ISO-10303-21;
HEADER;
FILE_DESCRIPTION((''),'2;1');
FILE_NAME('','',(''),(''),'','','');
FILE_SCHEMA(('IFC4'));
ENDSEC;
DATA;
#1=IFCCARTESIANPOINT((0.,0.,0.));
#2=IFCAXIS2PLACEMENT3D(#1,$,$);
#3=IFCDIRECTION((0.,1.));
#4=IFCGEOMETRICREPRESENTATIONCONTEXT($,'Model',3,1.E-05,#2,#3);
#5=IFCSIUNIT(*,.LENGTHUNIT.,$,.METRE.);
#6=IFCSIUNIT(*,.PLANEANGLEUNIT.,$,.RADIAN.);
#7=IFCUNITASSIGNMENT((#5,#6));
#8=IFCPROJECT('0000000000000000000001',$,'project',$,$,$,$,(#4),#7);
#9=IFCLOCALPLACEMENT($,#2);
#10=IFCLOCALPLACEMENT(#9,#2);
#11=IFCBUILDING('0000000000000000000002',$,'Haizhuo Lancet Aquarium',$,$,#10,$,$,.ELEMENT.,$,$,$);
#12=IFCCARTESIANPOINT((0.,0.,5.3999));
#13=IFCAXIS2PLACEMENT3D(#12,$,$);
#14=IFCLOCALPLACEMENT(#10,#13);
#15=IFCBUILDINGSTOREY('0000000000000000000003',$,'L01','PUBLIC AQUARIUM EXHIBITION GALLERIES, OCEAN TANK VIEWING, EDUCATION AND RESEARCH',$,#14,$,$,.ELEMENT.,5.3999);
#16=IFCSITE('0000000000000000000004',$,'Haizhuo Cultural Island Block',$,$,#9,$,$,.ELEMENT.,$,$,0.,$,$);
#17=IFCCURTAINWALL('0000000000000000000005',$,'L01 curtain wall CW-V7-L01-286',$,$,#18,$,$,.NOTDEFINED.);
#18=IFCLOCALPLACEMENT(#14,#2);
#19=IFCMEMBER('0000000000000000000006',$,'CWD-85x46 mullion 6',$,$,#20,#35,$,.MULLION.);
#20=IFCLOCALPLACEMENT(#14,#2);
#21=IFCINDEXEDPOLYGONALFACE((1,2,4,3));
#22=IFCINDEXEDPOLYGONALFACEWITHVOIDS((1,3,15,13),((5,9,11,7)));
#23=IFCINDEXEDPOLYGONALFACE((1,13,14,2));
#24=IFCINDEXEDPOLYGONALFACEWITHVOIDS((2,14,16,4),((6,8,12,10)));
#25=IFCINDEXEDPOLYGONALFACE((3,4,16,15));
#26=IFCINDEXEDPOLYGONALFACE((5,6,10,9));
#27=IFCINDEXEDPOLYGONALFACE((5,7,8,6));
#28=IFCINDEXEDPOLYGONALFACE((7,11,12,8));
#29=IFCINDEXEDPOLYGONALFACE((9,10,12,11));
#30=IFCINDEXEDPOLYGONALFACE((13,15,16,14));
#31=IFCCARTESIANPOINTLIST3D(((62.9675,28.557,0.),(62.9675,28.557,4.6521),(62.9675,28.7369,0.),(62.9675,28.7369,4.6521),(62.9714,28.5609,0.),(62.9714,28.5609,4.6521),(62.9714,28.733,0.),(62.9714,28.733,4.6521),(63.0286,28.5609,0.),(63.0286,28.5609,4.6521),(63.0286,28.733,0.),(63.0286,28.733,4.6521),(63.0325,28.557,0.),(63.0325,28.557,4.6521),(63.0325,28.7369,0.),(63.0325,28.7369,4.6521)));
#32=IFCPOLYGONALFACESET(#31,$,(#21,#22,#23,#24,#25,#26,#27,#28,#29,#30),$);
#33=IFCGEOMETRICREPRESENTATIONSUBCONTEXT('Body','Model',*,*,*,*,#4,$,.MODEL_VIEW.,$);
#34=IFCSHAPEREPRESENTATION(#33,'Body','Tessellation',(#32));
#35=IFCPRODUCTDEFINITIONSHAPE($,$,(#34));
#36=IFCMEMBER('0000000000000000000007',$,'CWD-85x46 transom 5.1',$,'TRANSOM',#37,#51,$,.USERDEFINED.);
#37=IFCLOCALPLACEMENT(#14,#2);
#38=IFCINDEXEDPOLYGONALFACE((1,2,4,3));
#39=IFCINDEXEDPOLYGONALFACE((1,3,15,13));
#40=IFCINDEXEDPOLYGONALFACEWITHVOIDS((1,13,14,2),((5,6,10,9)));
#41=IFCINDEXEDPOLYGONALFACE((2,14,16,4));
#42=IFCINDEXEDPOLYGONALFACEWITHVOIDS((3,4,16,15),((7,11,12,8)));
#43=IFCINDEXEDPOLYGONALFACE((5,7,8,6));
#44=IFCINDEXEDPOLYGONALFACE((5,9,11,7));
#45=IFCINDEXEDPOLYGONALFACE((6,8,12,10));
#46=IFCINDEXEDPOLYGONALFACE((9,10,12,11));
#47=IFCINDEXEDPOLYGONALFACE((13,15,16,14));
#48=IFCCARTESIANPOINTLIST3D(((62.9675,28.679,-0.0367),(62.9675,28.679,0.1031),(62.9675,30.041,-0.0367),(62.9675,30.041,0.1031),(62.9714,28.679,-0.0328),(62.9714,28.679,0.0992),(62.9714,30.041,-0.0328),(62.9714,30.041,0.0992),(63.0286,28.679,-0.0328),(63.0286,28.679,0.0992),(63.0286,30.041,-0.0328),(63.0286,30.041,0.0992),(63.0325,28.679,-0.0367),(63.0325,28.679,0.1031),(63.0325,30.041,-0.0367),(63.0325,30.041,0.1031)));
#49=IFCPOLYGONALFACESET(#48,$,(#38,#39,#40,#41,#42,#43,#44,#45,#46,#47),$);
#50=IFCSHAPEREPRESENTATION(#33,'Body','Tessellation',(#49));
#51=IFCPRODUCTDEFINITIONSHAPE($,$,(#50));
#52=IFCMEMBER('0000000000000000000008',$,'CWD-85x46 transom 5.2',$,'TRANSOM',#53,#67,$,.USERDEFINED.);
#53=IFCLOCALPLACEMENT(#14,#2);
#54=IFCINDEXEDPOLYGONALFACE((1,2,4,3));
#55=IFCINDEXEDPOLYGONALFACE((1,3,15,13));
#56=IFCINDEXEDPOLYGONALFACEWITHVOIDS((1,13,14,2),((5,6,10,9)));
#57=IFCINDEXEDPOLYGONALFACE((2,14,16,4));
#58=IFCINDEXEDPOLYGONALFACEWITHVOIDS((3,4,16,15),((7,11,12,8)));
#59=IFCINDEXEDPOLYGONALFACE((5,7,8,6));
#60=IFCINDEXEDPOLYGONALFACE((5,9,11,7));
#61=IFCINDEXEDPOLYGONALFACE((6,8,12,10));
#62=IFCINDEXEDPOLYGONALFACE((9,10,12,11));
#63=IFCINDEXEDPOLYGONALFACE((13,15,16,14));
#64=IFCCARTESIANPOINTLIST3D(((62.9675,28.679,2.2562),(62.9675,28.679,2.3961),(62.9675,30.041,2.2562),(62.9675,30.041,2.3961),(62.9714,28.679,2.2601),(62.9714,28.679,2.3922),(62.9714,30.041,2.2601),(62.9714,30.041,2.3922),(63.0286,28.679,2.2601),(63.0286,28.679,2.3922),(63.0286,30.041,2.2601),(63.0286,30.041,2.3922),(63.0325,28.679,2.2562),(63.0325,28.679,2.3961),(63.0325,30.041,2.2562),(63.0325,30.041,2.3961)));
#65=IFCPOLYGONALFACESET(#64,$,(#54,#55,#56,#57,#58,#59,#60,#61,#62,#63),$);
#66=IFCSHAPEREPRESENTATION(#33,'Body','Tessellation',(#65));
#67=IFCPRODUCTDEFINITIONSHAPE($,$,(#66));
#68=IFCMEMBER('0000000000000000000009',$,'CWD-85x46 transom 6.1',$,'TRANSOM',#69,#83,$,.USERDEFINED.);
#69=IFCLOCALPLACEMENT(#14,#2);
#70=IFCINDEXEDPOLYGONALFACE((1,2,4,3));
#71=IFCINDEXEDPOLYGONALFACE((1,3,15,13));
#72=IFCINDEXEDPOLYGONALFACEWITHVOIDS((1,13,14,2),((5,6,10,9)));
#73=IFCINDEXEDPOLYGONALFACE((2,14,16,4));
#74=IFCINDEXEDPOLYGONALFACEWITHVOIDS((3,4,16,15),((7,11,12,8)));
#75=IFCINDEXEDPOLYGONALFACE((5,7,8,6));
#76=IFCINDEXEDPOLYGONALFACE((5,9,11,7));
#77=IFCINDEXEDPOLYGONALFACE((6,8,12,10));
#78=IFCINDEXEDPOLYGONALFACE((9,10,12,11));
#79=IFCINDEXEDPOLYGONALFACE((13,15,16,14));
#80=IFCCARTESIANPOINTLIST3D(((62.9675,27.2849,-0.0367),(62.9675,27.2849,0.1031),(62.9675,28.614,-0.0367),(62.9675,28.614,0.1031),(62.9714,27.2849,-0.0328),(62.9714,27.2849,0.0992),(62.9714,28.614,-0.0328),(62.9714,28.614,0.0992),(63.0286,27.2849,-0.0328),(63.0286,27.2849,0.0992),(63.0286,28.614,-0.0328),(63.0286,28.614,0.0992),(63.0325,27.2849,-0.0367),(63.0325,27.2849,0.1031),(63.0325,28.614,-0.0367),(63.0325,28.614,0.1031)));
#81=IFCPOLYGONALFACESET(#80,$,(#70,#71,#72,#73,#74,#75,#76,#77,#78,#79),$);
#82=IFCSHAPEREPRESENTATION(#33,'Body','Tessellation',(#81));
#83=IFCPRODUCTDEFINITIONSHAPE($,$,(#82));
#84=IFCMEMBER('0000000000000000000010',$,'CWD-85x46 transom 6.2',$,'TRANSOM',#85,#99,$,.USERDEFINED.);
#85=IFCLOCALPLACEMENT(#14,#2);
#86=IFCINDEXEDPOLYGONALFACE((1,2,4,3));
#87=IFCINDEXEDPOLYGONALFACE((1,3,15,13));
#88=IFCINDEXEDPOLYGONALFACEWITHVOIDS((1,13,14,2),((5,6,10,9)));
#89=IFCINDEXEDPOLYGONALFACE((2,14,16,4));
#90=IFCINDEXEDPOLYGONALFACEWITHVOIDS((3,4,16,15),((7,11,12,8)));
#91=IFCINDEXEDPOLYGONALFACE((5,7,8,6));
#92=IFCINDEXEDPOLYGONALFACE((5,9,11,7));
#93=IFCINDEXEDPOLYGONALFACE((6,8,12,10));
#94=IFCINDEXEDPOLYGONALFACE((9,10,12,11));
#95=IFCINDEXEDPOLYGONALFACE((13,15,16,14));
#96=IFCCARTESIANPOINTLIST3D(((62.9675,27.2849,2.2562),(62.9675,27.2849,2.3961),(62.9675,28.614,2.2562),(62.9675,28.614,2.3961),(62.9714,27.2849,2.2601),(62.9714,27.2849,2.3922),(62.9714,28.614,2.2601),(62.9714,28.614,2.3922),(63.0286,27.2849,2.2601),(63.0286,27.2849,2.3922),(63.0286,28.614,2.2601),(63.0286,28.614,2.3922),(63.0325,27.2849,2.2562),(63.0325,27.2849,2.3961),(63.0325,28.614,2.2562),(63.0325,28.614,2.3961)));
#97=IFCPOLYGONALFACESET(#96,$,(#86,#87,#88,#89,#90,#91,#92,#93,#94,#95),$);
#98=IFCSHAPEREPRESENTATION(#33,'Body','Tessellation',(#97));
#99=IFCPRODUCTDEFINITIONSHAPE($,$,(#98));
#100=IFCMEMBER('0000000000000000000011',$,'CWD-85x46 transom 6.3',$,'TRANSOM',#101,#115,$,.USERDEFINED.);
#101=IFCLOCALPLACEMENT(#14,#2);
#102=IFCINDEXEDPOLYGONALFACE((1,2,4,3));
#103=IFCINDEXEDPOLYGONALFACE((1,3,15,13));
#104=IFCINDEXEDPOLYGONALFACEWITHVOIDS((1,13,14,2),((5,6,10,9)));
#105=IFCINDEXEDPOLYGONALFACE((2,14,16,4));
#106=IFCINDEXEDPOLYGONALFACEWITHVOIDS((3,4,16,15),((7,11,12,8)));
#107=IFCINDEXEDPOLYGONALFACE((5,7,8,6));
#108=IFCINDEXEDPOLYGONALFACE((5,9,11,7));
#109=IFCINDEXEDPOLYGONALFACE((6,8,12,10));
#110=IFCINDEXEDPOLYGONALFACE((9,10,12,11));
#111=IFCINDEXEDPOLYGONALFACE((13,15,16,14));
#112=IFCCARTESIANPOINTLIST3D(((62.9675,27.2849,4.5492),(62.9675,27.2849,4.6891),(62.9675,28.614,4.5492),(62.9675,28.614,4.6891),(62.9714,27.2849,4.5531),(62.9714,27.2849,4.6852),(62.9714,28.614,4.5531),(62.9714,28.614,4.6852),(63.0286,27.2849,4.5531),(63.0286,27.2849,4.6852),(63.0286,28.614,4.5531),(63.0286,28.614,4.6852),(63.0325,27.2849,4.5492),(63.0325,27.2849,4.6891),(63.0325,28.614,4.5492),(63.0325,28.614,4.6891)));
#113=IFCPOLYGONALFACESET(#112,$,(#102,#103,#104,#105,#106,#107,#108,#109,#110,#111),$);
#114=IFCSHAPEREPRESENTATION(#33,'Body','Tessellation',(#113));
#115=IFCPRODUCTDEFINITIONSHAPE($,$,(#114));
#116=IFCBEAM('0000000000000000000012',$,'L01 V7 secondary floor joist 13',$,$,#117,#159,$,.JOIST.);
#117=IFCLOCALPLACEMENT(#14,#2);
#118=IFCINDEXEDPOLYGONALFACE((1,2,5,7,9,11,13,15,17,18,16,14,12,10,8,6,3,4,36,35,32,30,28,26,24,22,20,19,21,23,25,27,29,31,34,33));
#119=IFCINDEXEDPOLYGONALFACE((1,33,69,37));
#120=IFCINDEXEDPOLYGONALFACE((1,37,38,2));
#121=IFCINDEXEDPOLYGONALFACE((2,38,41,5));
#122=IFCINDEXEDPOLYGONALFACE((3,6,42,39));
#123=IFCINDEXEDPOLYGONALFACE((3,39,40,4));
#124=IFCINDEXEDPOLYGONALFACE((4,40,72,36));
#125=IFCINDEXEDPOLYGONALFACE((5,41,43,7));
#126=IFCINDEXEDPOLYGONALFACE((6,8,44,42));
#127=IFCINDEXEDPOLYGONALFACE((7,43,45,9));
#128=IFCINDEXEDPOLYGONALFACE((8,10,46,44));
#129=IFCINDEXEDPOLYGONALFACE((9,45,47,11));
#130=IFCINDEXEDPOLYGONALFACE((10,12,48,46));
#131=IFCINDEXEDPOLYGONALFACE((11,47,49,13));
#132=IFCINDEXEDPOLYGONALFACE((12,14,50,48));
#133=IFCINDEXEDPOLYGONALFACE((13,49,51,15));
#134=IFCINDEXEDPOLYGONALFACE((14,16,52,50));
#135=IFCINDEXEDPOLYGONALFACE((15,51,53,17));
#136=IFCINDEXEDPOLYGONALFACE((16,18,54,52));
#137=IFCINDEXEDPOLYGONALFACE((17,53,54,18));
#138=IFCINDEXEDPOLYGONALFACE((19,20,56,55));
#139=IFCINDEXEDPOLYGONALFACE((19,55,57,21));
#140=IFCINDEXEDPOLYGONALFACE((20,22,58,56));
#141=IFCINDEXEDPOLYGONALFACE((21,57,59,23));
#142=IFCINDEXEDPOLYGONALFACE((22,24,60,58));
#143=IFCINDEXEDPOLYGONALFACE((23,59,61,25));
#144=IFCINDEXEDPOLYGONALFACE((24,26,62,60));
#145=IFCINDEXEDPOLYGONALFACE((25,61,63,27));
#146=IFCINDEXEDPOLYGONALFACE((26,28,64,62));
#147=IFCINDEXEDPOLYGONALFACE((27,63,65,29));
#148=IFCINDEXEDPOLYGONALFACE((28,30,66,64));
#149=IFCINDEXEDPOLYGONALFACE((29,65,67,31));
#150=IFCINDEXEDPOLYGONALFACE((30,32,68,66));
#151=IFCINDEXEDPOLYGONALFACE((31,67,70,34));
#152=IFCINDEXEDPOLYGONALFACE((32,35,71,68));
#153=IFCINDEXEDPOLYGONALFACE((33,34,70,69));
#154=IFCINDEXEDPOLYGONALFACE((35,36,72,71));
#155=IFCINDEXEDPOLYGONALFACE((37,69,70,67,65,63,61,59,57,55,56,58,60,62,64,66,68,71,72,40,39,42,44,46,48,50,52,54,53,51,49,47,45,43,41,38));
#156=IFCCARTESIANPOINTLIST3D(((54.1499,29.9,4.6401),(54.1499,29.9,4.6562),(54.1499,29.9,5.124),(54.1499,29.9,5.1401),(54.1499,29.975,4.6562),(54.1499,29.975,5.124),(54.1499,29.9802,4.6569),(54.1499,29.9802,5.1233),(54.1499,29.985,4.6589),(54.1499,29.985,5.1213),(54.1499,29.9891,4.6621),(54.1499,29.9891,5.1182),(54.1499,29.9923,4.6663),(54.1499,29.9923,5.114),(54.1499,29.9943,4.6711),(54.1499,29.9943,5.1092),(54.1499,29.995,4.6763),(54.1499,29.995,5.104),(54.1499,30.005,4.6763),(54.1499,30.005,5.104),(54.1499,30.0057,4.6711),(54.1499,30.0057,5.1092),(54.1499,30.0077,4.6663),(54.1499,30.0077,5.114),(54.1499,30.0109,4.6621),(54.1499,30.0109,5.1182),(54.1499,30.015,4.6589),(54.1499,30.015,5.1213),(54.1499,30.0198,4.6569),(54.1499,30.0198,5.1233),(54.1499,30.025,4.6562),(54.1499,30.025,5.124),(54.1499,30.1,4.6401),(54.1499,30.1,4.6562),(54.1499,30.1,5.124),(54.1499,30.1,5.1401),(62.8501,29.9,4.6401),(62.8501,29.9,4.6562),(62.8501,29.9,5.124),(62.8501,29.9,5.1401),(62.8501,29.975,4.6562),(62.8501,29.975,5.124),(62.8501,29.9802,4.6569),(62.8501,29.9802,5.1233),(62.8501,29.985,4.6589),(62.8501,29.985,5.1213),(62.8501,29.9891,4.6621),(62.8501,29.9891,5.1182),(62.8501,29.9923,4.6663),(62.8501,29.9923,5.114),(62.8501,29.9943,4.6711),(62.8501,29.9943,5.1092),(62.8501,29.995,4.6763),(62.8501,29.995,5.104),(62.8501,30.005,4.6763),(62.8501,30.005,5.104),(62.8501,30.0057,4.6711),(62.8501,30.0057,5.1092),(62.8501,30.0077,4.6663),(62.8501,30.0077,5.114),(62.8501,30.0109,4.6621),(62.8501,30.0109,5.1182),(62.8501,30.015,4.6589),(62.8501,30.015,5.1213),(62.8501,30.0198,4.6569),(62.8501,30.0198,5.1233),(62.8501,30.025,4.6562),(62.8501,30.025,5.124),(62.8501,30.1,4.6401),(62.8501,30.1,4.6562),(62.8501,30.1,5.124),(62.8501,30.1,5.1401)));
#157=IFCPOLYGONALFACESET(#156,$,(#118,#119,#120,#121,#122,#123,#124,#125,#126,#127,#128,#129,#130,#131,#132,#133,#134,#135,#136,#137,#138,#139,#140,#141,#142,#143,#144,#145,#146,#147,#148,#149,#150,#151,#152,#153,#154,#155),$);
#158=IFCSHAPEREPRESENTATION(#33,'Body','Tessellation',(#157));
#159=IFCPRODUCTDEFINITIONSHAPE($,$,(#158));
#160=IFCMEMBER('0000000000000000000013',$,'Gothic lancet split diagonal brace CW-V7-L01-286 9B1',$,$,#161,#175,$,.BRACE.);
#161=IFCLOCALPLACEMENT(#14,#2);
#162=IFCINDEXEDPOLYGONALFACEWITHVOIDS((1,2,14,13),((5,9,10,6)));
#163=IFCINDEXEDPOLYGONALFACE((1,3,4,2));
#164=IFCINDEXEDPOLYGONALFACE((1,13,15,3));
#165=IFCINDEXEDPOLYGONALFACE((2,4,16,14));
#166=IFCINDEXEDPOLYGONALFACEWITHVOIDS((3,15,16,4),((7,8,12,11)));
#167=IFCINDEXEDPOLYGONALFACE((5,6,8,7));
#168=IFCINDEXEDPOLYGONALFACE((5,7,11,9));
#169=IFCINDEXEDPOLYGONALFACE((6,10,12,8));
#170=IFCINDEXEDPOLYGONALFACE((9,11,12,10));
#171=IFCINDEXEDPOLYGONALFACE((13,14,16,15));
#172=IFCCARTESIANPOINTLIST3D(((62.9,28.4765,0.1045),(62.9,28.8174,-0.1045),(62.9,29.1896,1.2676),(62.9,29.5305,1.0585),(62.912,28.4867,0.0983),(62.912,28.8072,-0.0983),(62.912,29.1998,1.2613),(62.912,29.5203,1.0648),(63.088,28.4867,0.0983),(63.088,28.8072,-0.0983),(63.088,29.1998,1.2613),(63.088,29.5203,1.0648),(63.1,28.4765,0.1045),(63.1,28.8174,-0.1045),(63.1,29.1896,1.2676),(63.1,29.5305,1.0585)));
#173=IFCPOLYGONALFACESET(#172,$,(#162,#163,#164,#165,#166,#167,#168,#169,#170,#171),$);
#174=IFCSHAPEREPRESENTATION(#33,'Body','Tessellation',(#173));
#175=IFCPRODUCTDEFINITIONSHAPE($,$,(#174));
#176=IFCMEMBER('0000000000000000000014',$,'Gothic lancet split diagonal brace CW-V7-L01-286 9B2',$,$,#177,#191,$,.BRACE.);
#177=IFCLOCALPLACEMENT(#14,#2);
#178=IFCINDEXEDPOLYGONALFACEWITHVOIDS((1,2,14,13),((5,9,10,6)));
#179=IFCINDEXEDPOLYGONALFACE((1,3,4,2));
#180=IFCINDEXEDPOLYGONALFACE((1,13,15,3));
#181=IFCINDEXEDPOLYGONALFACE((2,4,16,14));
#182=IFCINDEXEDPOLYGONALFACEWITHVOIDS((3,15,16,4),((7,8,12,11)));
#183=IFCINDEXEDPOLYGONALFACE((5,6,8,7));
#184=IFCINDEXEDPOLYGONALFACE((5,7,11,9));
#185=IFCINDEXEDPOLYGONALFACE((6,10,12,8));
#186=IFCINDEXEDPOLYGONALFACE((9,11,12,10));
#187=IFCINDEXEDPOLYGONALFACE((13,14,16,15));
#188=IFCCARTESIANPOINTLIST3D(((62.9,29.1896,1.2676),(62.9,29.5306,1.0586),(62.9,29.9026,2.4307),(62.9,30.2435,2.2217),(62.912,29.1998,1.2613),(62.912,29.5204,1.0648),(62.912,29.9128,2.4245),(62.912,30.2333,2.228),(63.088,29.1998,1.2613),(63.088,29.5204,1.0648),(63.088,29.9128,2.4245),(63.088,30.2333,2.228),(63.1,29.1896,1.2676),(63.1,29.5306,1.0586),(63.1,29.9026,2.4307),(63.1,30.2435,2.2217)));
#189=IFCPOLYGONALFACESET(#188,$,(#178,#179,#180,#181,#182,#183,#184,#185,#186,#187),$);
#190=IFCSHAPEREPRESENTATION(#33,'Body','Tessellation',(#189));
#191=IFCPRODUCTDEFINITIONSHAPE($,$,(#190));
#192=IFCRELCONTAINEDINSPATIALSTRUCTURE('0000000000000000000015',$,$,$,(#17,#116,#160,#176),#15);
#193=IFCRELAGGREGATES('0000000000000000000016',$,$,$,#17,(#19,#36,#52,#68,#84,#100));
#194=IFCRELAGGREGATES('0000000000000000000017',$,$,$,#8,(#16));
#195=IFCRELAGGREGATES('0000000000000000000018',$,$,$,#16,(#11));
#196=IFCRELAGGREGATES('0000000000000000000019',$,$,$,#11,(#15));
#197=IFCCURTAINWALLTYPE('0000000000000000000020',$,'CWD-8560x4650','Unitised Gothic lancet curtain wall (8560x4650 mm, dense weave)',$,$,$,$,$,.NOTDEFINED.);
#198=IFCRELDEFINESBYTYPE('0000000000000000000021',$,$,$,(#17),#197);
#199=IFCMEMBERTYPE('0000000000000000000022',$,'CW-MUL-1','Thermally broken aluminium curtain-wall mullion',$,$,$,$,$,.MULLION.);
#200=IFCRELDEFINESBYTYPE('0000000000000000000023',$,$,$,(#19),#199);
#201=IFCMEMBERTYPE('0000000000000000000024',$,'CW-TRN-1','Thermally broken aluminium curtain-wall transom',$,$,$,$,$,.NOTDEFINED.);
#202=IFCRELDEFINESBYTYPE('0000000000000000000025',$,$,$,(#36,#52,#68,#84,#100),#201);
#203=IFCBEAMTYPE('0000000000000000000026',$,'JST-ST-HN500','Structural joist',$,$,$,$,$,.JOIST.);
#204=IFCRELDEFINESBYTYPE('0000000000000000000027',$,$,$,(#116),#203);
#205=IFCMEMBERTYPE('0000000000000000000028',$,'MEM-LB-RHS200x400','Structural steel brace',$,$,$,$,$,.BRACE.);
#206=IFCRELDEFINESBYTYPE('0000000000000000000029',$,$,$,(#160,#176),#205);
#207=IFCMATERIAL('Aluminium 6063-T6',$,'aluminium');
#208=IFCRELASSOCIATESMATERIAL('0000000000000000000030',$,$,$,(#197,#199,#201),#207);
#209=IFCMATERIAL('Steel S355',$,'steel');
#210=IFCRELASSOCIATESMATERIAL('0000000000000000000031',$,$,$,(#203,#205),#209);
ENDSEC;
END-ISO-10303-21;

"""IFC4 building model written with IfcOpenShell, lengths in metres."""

from ifc_helpers import new_model, si_unit, direction, frame, origin, origin_2d, place, context, subcontext, project, spatial, hollow_rectangle, i_section, extrude, material, material_profile, profile_set, type_object, element, aggregate, save


model = new_model("IFC4")

# Units and contexts
model_context = context("Model", 3, precision=1e-05, world=origin(), true_north=direction((0.0, 1.0)))
body_context = subcontext(model_context, "Body", "Model", "MODEL_VIEW")
ifc_project = project(units=[si_unit("LENGTHUNIT", "METRE"), si_unit("PLANEANGLEUNIT", "RADIAN")], contexts=[model_context])

# Site, building, storey
site_placement = place(None, origin())
site = spatial("IfcSite", under=ifc_project, at=site_placement, Name="Haizhuo Cultural Island Block", CompositionType="ELEMENT", RefElevation=0.0)
building_placement = place(site_placement, origin())
building = spatial("IfcBuilding", under=site, at=building_placement, Name="Haizhuo Lancet Aquarium", CompositionType="ELEMENT")
storey_placement = place(building_placement, frame((0.0, 0.0, 5.3999)))
storey = spatial("IfcBuildingStorey", under=building, at=storey_placement, Name="L01", Description="PUBLIC AQUARIUM EXHIBITION GALLERIES, OCEAN TANK VIEWING, EDUCATION AND RESEARCH", CompositionType="ELEMENT", Elevation=5.3999)

# Curtain wall, members
ifc_material_1 = material(Name="Aluminium 6063-T6", Category="aluminium")
curtain_wall_type = type_object("IfcCurtainWallType", Name="CWD-8560x4650", Description="Unitised Gothic lancet curtain wall (8560x4650 mm, dense weave)", PredefinedType="NOTDEFINED", material=ifc_material_1)
curtain_wall_placement = place(storey_placement, origin())
curtain_wall = element("IfcCurtainWall", 1, at=curtain_wall_placement, inside=storey, type_object=curtain_wall_type, Name="L01 curtain wall CW-V7-L01-286", PredefinedType="NOTDEFINED")
ifc_material_profile_1 = material_profile(ifc_material_1, hollow_rectangle(XDim=0.0649, YDim=0.1799, WallThickness=0.0039, at=origin_2d()), Name="ALU-M 65x180x4")
ifc_profile_set_1 = profile_set([ifc_material_profile_1], Name="Aluminium 6063-T6")
member_type_1 = type_object("IfcMemberType", Name="CW-MUL-1", Description="Thermally broken aluminium curtain-wall mullion", PredefinedType="MULLION", material=ifc_profile_set_1)
member_1_placement = place(storey_placement, frame((63.0, 28.647, 0.0), z_axis=(0.0, 0.0, 1.0), x_axis=(1.0, 0.0, 0.0)))
member_1 = element("IfcMember", 2, at=member_1_placement, type_object=member_type_1, Name="CWD-85x46 mullion 6", PredefinedType="MULLION", context=body_context, shape_type="SweptSolid", body=[
    extrude(hollow_rectangle(XDim=0.0649, YDim=0.1799, WallThickness=0.0039, at=origin_2d()), origin(), (0.0, 0.0, 1.0), 4.6521),
])
ifc_material_profile_2 = material_profile(ifc_material_1, hollow_rectangle(XDim=0.0649, YDim=0.1399, WallThickness=0.0039, at=origin_2d()), Name="ALU-T 65x140x4")
ifc_profile_set_2 = profile_set([ifc_material_profile_2], Name="Aluminium 6063-T6")
member_type_2 = type_object("IfcMemberType", Name="CW-TRN-1", Description="Thermally broken aluminium curtain-wall transom", PredefinedType="NOTDEFINED", material=ifc_profile_set_2)
member_2_placement = place(storey_placement, frame((63.0, 30.041, 0.0332), z_axis=(0.0, -1.0, 0.0), x_axis=(1.0, 0.0, 0.0)))
member_2 = element("IfcMember", 3, at=member_2_placement, type_object=member_type_2, Name="CWD-85x46 transom 5.1", ObjectType="TRANSOM", PredefinedType="USERDEFINED", context=body_context, shape_type="SweptSolid", body=[
    extrude(hollow_rectangle(XDim=0.0649, YDim=0.1399, WallThickness=0.0039, at=origin_2d()), origin(), (0.0, 0.0, 1.0), 1.3621),
])
member_3_placement = place(storey_placement, frame((63.0, 30.041, 2.3262), z_axis=(0.0, -1.0, 0.0), x_axis=(1.0, 0.0, 0.0)))
member_3 = element("IfcMember", 4, at=member_3_placement, type_object=member_type_2, Name="CWD-85x46 transom 5.2", ObjectType="TRANSOM", PredefinedType="USERDEFINED", context=body_context, shape_type="SweptSolid", body=[
    extrude(hollow_rectangle(XDim=0.0649, YDim=0.1399, WallThickness=0.0039, at=origin_2d()), origin(), (0.0, 0.0, 1.0), 1.3621),
])
member_4_placement = place(storey_placement, frame((63.0, 28.614, 0.0332), z_axis=(0.0, -1.0, 0.0), x_axis=(1.0, 0.0, 0.0)))
member_4 = element("IfcMember", 5, at=member_4_placement, type_object=member_type_2, Name="CWD-85x46 transom 6.1", ObjectType="TRANSOM", PredefinedType="USERDEFINED", context=body_context, shape_type="SweptSolid", body=[
    extrude(hollow_rectangle(XDim=0.0649, YDim=0.1399, WallThickness=0.0039, at=origin_2d()), origin(), (0.0, 0.0, 1.0), 1.3291),
])
member_5_placement = place(storey_placement, frame((63.0, 28.614, 2.3262), z_axis=(0.0, -1.0, 0.0), x_axis=(1.0, 0.0, 0.0)))
member_5 = element("IfcMember", 6, at=member_5_placement, type_object=member_type_2, Name="CWD-85x46 transom 6.2", ObjectType="TRANSOM", PredefinedType="USERDEFINED", context=body_context, shape_type="SweptSolid", body=[
    extrude(hollow_rectangle(XDim=0.0649, YDim=0.1399, WallThickness=0.0039, at=origin_2d()), origin(), (0.0, 0.0, 1.0), 1.3291),
])
member_6_placement = place(storey_placement, frame((63.0, 28.614, 4.6191), z_axis=(0.0, -1.0, 0.0), x_axis=(1.0, 0.0, 0.0)))
member_6 = element("IfcMember", 7, at=member_6_placement, type_object=member_type_2, Name="CWD-85x46 transom 6.3", ObjectType="TRANSOM", PredefinedType="USERDEFINED", context=body_context, shape_type="SweptSolid", body=[
    extrude(hollow_rectangle(XDim=0.0649, YDim=0.1399, WallThickness=0.0039, at=origin_2d()), origin(), (0.0, 0.0, 1.0), 1.3291),
])

# Beam
ifc_material_2 = material(Name="Steel S355", Category="steel")
ifc_material_profile_3 = material_profile(ifc_material_2, i_section(OverallWidth=0.2, OverallDepth=0.5, WebThickness=0.01, FlangeThickness=0.0161, FilletRadius=0.02, at=origin_2d()), Name="HN 500x200x10x16")
ifc_profile_set_3 = profile_set([ifc_material_profile_3], Name="Steel S355")
beam_type = type_object("IfcBeamType", Name="JST-ST-HN500", Description="Structural joist", PredefinedType="JOIST", material=ifc_profile_set_3)
beam_placement = place(storey_placement, frame((54.1499, 30.0, 4.8901), z_axis=(1.0, 0.0, 0.0), x_axis=(0.0, 1.0, 0.0)))
element("IfcBeam", 8, at=beam_placement, inside=storey, type_object=beam_type, Name="L01 V7 secondary floor joist 13", PredefinedType="JOIST", context=body_context, shape_type="SweptSolid", body=[
    extrude(i_section(OverallWidth=0.2, OverallDepth=0.5, WebThickness=0.01, FlangeThickness=0.0161, FilletRadius=0.02, at=origin_2d()), origin(), (0.0, 0.0, 1.0), 8.7002),
])

# Members
ifc_material_profile_4 = material_profile(ifc_material_2, hollow_rectangle(XDim=0.2, YDim=0.3999, WallThickness=0.012, at=origin_2d()), Name="RHS 200x400x12")
ifc_profile_set_4 = profile_set([ifc_material_profile_4], Name="Steel S355")
member_type_3 = type_object("IfcMemberType", Name="MEM-LB-RHS200x400", Description="Structural steel brace", PredefinedType="BRACE", material=ifc_profile_set_4)
for number, where, z_axis, x_axis, name in (
    (9, (63.0, 28.647, 0.0), (0.0, 0.522709, 0.852511), (-1.0, 0.0, 0.0), "Gothic lancet split diagonal brace CW-V7-L01-286 9B1"),
    (10, (63.0, 29.3601, 1.1631), (0.0, 0.522579, 0.852591), (-1.0, 0.0, 0.0), "Gothic lancet split diagonal brace CW-V7-L01-286 9B2"),
):
    element("IfcMember", number, at=place(storey_placement, frame(where, z_axis=z_axis, x_axis=x_axis)), inside=storey, type_object=member_type_3, Name=name, PredefinedType="BRACE", context=body_context, shape_type="SweptSolid", body=[
        extrude(hollow_rectangle(XDim=0.2, YDim=0.3999, WallThickness=0.012, at=origin_2d()), origin(), (0.0, 0.0, 1.0), 1.3643),
    ])

aggregate(curtain_wall, [member_1, member_2, member_3, member_4, member_5, member_6])

save(model, "model.ifc")
